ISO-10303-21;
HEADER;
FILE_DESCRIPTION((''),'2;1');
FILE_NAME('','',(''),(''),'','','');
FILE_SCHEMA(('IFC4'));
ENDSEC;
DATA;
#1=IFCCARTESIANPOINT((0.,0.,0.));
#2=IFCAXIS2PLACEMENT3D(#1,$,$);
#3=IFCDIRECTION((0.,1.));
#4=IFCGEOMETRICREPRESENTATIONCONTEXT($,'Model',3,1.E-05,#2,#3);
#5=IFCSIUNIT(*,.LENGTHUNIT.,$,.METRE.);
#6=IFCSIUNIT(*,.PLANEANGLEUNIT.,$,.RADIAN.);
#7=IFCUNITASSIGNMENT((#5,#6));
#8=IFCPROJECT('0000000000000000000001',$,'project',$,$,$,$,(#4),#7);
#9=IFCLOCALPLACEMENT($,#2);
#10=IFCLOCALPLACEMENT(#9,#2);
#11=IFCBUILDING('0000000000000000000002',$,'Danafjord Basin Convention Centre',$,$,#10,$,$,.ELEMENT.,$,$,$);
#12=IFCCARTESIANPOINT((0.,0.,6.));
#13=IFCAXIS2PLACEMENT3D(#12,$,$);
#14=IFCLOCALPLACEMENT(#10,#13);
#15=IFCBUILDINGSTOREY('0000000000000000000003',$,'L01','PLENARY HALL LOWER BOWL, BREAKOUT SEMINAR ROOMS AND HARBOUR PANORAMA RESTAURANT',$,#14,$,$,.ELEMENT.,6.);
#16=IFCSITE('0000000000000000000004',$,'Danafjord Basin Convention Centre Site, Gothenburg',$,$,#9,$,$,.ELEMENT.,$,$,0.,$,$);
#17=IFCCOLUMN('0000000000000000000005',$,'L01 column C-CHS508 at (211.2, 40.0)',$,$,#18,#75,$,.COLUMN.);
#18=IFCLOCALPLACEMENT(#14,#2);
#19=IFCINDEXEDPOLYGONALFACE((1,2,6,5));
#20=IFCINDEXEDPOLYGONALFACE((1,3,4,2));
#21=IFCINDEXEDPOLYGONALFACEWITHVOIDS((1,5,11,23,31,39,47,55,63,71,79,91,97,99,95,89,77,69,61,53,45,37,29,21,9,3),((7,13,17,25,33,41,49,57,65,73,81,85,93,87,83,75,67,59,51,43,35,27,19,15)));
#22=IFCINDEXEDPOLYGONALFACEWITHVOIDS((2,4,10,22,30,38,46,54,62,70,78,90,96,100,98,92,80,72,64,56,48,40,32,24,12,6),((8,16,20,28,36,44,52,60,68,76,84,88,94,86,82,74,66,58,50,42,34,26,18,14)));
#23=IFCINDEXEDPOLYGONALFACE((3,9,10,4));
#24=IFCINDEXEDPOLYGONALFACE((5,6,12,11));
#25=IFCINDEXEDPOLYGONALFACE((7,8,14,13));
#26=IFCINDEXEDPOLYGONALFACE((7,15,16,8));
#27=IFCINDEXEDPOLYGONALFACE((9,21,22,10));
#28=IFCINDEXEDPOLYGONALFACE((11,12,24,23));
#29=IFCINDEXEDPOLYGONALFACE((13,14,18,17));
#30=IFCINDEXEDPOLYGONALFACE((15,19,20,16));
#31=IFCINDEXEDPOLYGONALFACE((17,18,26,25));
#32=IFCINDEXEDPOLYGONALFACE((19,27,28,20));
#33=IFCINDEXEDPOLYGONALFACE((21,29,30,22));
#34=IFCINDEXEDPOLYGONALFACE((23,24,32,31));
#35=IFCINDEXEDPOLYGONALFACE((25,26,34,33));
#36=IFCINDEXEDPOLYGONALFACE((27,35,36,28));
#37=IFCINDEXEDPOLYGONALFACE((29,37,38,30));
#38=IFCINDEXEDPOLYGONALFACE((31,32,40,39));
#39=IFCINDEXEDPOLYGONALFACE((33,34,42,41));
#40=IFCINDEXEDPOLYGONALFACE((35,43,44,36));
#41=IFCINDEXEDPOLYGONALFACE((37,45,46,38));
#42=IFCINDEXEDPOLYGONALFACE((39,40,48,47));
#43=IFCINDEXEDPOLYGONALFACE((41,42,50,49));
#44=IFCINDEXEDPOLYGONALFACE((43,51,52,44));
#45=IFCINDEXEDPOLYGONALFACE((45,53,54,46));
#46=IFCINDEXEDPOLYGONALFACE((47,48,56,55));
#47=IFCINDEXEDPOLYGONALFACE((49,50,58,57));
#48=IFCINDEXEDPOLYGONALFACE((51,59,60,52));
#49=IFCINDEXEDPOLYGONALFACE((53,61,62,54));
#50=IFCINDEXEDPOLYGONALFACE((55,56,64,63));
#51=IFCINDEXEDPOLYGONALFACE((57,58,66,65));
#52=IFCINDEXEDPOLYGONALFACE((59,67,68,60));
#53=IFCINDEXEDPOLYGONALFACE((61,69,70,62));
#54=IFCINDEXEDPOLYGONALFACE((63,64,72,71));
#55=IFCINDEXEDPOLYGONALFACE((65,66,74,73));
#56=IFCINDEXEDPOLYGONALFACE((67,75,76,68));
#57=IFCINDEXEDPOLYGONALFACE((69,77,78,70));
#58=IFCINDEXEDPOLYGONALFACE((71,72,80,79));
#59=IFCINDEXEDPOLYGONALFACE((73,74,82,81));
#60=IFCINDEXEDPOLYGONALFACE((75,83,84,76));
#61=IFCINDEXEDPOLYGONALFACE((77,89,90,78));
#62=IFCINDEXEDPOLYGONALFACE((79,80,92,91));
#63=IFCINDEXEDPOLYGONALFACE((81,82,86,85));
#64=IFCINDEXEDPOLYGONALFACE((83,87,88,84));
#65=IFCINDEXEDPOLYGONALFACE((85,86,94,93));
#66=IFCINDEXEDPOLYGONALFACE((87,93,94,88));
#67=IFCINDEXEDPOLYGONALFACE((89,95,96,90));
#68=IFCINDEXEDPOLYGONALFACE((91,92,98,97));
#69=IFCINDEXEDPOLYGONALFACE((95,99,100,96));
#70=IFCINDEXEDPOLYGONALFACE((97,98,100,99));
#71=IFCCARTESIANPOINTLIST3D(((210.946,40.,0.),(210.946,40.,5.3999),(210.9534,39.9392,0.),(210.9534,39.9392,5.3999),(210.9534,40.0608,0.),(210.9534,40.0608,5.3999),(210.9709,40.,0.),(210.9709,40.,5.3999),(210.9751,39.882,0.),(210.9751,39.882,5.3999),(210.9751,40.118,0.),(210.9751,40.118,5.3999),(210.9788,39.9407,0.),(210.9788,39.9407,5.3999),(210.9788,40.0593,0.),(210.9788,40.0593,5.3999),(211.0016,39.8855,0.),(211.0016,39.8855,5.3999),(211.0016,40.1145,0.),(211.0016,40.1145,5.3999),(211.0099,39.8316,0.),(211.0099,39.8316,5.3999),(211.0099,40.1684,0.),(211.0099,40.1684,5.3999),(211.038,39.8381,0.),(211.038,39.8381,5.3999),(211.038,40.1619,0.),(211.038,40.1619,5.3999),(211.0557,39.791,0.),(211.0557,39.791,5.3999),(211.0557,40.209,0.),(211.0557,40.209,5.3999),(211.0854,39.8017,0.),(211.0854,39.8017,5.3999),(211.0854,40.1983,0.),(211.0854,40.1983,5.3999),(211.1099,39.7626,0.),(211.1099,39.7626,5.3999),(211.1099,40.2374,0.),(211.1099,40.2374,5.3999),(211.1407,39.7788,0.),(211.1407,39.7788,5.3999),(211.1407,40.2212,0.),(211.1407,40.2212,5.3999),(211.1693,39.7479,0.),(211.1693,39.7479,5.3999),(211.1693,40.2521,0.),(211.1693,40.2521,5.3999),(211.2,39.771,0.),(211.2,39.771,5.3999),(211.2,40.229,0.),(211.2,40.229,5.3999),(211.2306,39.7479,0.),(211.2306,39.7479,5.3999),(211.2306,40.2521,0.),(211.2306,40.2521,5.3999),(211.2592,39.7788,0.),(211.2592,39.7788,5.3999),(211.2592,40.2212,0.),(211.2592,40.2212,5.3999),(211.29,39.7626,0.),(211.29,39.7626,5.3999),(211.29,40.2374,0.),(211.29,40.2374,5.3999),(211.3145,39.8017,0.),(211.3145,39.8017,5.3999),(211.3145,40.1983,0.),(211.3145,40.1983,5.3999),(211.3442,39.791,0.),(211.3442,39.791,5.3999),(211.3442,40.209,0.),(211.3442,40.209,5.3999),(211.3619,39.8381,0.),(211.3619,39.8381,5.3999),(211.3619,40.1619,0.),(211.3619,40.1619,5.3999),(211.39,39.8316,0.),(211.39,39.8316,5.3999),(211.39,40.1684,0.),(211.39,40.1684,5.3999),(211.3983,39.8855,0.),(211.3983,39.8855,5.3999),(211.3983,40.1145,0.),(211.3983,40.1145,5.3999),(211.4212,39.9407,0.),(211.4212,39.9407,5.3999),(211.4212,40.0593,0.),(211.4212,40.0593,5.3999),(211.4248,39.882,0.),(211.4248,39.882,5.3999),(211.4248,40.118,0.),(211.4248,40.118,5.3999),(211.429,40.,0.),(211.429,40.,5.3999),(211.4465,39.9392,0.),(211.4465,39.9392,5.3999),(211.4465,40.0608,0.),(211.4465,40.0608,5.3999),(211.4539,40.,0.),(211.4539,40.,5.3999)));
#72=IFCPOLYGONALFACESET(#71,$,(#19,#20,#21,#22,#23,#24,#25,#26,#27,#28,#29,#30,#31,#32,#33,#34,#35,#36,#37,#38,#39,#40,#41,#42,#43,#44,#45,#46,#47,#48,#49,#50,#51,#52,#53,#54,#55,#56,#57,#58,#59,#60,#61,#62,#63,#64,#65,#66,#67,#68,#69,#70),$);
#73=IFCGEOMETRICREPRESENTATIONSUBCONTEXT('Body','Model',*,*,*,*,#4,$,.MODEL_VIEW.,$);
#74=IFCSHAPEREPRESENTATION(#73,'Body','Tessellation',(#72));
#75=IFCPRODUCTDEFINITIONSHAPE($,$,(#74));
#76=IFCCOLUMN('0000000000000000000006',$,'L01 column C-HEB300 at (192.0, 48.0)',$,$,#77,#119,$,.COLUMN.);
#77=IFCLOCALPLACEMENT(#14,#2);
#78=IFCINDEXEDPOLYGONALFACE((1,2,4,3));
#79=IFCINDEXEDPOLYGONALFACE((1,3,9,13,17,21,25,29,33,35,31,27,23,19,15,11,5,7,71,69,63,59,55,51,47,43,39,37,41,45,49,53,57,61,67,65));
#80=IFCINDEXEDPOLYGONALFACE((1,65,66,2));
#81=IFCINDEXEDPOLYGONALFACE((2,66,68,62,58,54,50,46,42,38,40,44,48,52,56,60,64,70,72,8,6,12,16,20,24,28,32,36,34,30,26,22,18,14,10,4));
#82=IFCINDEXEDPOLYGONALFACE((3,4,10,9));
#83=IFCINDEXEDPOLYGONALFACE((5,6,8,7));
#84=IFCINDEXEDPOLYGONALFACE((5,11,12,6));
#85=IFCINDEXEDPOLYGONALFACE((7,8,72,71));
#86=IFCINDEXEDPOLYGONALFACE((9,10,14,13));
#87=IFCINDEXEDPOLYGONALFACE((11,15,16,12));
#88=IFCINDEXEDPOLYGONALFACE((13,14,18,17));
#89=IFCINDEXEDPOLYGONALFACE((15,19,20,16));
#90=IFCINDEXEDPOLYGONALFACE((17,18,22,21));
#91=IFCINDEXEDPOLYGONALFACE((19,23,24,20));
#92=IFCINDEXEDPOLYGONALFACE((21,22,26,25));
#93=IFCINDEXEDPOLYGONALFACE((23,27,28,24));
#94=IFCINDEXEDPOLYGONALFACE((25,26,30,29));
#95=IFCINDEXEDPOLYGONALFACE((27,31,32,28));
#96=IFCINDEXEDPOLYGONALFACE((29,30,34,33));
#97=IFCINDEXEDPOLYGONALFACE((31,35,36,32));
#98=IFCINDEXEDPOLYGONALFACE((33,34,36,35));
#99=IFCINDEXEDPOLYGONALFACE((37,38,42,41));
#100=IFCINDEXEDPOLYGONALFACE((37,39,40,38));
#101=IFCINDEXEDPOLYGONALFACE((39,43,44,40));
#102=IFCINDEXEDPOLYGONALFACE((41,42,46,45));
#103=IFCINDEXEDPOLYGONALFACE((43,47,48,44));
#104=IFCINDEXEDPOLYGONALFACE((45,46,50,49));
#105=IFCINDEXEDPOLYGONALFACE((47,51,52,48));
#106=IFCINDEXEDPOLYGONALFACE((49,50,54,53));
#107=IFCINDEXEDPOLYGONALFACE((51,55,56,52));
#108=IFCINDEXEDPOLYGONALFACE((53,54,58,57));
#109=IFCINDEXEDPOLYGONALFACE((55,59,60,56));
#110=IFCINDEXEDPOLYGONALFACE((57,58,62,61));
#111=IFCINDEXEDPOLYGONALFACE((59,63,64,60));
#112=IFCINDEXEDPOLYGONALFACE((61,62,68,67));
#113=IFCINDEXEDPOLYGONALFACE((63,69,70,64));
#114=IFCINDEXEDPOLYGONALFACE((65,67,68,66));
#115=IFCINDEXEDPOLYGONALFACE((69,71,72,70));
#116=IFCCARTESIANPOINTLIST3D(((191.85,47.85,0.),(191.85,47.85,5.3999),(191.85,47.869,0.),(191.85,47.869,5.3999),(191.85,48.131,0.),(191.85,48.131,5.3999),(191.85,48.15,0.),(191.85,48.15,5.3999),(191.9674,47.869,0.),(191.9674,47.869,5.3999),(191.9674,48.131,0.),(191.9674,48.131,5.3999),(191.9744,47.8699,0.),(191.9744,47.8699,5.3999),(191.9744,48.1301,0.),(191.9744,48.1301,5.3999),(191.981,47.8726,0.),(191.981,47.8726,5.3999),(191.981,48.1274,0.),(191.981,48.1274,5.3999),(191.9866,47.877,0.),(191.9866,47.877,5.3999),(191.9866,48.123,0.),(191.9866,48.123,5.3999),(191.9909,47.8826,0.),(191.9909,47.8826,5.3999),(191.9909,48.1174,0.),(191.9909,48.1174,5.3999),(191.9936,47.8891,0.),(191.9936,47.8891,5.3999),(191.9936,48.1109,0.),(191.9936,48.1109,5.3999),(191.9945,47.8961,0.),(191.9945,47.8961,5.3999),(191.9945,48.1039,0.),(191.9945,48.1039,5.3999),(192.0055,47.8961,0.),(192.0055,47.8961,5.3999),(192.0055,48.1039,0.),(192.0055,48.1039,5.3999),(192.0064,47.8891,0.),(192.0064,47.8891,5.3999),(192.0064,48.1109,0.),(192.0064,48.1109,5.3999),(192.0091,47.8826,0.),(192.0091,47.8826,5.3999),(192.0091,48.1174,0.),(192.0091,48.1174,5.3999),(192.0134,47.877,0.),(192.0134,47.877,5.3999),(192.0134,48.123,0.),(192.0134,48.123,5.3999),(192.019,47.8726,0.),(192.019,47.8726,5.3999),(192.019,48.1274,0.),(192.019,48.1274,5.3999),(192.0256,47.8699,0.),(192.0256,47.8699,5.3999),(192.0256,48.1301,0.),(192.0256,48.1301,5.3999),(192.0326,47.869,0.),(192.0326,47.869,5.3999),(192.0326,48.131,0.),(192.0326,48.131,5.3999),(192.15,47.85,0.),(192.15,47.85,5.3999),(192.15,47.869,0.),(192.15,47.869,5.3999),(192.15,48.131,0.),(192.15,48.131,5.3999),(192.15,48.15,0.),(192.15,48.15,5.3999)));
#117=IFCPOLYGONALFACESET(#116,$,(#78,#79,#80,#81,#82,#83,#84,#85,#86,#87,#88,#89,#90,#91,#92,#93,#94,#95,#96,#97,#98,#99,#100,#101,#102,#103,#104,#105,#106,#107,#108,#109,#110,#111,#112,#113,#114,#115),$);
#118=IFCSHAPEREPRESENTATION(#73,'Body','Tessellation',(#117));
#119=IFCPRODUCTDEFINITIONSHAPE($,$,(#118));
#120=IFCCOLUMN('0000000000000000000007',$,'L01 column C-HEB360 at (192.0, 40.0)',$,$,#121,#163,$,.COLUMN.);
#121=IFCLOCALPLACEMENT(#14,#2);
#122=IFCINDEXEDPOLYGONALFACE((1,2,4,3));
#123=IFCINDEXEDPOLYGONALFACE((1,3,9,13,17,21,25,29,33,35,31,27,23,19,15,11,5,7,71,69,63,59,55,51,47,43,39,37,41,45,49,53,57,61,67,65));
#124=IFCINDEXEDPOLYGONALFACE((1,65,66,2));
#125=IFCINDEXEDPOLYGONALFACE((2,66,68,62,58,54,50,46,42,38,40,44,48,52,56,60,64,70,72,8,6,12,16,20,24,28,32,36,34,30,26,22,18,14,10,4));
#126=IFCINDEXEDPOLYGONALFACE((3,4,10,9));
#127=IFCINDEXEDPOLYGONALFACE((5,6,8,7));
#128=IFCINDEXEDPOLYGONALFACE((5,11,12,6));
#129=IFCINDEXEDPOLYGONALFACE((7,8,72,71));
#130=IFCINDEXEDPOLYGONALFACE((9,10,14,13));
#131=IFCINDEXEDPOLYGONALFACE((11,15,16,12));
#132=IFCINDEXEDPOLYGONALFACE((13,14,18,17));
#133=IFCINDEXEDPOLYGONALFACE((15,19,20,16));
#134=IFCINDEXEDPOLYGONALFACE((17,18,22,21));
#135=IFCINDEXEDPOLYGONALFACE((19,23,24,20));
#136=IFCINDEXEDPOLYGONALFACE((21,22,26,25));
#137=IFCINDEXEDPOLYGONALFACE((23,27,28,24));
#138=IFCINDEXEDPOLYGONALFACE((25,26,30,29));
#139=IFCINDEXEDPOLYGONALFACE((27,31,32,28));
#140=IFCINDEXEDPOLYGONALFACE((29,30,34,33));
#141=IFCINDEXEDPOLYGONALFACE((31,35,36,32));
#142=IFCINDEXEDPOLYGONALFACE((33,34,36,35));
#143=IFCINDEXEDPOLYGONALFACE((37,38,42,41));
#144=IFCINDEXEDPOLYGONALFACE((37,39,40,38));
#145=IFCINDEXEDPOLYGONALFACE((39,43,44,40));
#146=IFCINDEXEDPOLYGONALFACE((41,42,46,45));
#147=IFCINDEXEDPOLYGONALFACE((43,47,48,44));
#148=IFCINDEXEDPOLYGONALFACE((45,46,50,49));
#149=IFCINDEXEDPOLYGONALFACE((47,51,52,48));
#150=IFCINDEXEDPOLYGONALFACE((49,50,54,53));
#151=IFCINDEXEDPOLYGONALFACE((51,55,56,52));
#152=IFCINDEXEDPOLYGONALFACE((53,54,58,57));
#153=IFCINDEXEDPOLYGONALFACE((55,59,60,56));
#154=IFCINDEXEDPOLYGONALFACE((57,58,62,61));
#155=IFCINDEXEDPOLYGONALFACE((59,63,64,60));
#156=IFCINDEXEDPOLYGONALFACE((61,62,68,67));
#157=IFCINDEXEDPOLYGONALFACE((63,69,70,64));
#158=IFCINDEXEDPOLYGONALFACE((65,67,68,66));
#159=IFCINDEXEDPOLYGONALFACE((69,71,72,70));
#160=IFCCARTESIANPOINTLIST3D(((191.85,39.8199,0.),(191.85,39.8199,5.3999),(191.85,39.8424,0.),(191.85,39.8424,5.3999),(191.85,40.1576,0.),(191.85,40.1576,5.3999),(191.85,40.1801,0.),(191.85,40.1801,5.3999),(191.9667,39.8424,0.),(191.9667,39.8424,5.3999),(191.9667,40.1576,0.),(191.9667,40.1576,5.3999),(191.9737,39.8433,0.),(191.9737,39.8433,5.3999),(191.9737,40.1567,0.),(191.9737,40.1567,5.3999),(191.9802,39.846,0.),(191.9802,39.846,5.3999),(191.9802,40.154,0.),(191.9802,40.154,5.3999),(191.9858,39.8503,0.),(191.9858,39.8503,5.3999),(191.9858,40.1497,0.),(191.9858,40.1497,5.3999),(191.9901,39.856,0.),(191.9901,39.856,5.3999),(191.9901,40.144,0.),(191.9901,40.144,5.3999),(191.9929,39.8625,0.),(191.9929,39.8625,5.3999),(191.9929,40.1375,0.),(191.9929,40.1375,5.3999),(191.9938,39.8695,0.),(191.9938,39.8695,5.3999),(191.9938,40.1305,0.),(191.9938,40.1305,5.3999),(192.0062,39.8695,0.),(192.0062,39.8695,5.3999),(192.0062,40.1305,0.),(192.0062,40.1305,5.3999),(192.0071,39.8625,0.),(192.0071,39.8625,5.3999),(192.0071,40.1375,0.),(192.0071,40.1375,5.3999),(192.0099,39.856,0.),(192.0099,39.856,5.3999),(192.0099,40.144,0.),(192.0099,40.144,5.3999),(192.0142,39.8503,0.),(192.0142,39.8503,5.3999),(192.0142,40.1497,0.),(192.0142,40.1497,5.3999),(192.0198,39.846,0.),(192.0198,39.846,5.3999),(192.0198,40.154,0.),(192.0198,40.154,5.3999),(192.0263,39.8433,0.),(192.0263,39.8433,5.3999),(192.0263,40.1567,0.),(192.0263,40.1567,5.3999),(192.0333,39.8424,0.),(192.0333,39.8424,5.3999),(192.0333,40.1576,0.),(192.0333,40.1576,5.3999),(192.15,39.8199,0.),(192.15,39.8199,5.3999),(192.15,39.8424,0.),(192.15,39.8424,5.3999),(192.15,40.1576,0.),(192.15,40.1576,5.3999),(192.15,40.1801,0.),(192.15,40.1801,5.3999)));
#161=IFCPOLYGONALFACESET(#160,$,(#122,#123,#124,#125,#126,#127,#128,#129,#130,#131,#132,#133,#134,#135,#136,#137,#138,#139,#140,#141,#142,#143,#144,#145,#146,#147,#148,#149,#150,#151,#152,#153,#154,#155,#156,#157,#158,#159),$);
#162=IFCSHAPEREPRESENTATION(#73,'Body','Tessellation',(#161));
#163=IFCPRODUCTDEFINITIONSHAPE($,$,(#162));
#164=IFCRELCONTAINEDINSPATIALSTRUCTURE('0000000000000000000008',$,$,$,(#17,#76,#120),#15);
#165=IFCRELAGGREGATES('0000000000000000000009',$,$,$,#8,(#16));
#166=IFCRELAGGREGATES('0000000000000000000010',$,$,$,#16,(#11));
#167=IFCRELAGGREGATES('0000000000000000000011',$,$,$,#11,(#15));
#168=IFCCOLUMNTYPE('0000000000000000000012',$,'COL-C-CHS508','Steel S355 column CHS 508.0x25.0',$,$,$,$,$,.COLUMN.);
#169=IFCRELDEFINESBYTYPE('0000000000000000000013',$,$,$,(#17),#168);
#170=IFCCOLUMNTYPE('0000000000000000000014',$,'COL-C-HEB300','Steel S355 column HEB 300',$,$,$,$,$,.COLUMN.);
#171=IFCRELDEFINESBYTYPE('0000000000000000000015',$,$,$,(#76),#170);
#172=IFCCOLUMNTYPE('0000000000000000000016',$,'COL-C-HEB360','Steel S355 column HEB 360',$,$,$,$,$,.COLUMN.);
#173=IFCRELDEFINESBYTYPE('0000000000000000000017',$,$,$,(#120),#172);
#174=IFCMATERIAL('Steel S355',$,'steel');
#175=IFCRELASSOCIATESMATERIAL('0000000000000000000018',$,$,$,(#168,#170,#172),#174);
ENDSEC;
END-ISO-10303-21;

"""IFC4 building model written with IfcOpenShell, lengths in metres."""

from ifc_helpers import new_model, si_unit, direction, frame, origin, origin_2d, place, context, subcontext, project, spatial, hollow_circle, i_section, extrude, material, material_profile, profile_set, type_object, element, save


model = new_model("IFC4")

# Units and contexts
model_context = context("Model", 3, precision=1e-05, world=origin(), true_north=direction((0.0, 1.0)))
body_context = subcontext(model_context, "Body", "Model", "MODEL_VIEW")
ifc_project = project(units=[si_unit("LENGTHUNIT", "METRE"), si_unit("PLANEANGLEUNIT", "RADIAN")], contexts=[model_context])

# Site, building, storey
site_placement = place(None, origin())
site = spatial("IfcSite", under=ifc_project, at=site_placement, Name="Danafjord Basin Convention Centre Site, Gothenburg", CompositionType="ELEMENT", RefElevation=0.0)
building_placement = place(site_placement, origin())
building = spatial("IfcBuilding", under=site, at=building_placement, Name="Danafjord Basin Convention Centre", CompositionType="ELEMENT")
storey_placement = place(building_placement, frame((0.0, 0.0, 6.0)))
storey = spatial("IfcBuildingStorey", under=building, at=storey_placement, Name="L01", Description="PLENARY HALL LOWER BOWL, BREAKOUT SEMINAR ROOMS AND HARBOUR PANORAMA RESTAURANT", CompositionType="ELEMENT", Elevation=6.0)

# Columns
ifc_material_1 = material(Name="Steel S355", Category="steel")
ifc_material_profile_1 = material_profile(ifc_material_1, hollow_circle(Radius=0.2539, WallThickness=0.0249, at=origin_2d()), Name="CHS 508.0x25.0")
ifc_profile_set_1 = profile_set([ifc_material_profile_1], Name="Steel S355")
column_type_1 = type_object("IfcColumnType", Name="COL-C-CHS508", Description="Steel S355 column CHS 508.0x25.0", PredefinedType="COLUMN", material=ifc_profile_set_1)
column_1_placement = place(storey_placement, frame((211.2, 40.0, 0.0), z_axis=(0.0, 0.0, 1.0), x_axis=(1.0, 0.0, 0.0)))
element("IfcColumn", 1, at=column_1_placement, inside=storey, type_object=column_type_1, Name="L01 column C-CHS508 at (211.2, 40.0)", PredefinedType="COLUMN", context=body_context, shape_type="SweptSolid", body=[
    extrude(hollow_circle(Radius=0.2539, WallThickness=0.0249, at=origin_2d()), origin(), (0.0, 0.0, 1.0), 5.3999),
])
ifc_material_profile_2 = material_profile(ifc_material_1, i_section(OverallWidth=0.3, OverallDepth=0.3, WebThickness=0.011, FlangeThickness=0.019, FilletRadius=0.0271, at=origin_2d()), Name="HEB 300")
ifc_profile_set_2 = profile_set([ifc_material_profile_2], Name="Steel S355")
column_type_2 = type_object("IfcColumnType", Name="COL-C-HEB300", Description="Steel S355 column HEB 300", PredefinedType="COLUMN", material=ifc_profile_set_2)
column_2_placement = place(storey_placement, frame((192.0, 48.0, 0.0), z_axis=(0.0, 0.0, 1.0), x_axis=(1.0, 0.0, 0.0)))
element("IfcColumn", 2, at=column_2_placement, inside=storey, type_object=column_type_2, Name="L01 column C-HEB300 at (192.0, 48.0)", PredefinedType="COLUMN", context=body_context, shape_type="SweptSolid", body=[
    extrude(i_section(OverallWidth=0.3, OverallDepth=0.3, WebThickness=0.011, FlangeThickness=0.019, FilletRadius=0.0271, at=origin_2d()), origin(), (0.0, 0.0, 1.0), 5.3999),
])
ifc_material_profile_3 = material_profile(ifc_material_1, i_section(OverallWidth=0.3, OverallDepth=0.3601, WebThickness=0.0125, FlangeThickness=0.0225, FilletRadius=0.0271, at=origin_2d()), Name="HEB 360")
ifc_profile_set_3 = profile_set([ifc_material_profile_3], Name="Steel S355")
column_type_3 = type_object("IfcColumnType", Name="COL-C-HEB360", Description="Steel S355 column HEB 360", PredefinedType="COLUMN", material=ifc_profile_set_3)
column_3_placement = place(storey_placement, frame((192.0, 40.0, 0.0), z_axis=(0.0, 0.0, 1.0), x_axis=(1.0, 0.0, 0.0)))
element("IfcColumn", 3, at=column_3_placement, inside=storey, type_object=column_type_3, Name="L01 column C-HEB360 at (192.0, 40.0)", PredefinedType="COLUMN", context=body_context, shape_type="SweptSolid", body=[
    extrude(i_section(OverallWidth=0.3, OverallDepth=0.3601, WebThickness=0.0125, FlangeThickness=0.0225, FilletRadius=0.0271, at=origin_2d()), origin(), (0.0, 0.0, 1.0), 5.3999),
])

save(model, "model.ifc")
